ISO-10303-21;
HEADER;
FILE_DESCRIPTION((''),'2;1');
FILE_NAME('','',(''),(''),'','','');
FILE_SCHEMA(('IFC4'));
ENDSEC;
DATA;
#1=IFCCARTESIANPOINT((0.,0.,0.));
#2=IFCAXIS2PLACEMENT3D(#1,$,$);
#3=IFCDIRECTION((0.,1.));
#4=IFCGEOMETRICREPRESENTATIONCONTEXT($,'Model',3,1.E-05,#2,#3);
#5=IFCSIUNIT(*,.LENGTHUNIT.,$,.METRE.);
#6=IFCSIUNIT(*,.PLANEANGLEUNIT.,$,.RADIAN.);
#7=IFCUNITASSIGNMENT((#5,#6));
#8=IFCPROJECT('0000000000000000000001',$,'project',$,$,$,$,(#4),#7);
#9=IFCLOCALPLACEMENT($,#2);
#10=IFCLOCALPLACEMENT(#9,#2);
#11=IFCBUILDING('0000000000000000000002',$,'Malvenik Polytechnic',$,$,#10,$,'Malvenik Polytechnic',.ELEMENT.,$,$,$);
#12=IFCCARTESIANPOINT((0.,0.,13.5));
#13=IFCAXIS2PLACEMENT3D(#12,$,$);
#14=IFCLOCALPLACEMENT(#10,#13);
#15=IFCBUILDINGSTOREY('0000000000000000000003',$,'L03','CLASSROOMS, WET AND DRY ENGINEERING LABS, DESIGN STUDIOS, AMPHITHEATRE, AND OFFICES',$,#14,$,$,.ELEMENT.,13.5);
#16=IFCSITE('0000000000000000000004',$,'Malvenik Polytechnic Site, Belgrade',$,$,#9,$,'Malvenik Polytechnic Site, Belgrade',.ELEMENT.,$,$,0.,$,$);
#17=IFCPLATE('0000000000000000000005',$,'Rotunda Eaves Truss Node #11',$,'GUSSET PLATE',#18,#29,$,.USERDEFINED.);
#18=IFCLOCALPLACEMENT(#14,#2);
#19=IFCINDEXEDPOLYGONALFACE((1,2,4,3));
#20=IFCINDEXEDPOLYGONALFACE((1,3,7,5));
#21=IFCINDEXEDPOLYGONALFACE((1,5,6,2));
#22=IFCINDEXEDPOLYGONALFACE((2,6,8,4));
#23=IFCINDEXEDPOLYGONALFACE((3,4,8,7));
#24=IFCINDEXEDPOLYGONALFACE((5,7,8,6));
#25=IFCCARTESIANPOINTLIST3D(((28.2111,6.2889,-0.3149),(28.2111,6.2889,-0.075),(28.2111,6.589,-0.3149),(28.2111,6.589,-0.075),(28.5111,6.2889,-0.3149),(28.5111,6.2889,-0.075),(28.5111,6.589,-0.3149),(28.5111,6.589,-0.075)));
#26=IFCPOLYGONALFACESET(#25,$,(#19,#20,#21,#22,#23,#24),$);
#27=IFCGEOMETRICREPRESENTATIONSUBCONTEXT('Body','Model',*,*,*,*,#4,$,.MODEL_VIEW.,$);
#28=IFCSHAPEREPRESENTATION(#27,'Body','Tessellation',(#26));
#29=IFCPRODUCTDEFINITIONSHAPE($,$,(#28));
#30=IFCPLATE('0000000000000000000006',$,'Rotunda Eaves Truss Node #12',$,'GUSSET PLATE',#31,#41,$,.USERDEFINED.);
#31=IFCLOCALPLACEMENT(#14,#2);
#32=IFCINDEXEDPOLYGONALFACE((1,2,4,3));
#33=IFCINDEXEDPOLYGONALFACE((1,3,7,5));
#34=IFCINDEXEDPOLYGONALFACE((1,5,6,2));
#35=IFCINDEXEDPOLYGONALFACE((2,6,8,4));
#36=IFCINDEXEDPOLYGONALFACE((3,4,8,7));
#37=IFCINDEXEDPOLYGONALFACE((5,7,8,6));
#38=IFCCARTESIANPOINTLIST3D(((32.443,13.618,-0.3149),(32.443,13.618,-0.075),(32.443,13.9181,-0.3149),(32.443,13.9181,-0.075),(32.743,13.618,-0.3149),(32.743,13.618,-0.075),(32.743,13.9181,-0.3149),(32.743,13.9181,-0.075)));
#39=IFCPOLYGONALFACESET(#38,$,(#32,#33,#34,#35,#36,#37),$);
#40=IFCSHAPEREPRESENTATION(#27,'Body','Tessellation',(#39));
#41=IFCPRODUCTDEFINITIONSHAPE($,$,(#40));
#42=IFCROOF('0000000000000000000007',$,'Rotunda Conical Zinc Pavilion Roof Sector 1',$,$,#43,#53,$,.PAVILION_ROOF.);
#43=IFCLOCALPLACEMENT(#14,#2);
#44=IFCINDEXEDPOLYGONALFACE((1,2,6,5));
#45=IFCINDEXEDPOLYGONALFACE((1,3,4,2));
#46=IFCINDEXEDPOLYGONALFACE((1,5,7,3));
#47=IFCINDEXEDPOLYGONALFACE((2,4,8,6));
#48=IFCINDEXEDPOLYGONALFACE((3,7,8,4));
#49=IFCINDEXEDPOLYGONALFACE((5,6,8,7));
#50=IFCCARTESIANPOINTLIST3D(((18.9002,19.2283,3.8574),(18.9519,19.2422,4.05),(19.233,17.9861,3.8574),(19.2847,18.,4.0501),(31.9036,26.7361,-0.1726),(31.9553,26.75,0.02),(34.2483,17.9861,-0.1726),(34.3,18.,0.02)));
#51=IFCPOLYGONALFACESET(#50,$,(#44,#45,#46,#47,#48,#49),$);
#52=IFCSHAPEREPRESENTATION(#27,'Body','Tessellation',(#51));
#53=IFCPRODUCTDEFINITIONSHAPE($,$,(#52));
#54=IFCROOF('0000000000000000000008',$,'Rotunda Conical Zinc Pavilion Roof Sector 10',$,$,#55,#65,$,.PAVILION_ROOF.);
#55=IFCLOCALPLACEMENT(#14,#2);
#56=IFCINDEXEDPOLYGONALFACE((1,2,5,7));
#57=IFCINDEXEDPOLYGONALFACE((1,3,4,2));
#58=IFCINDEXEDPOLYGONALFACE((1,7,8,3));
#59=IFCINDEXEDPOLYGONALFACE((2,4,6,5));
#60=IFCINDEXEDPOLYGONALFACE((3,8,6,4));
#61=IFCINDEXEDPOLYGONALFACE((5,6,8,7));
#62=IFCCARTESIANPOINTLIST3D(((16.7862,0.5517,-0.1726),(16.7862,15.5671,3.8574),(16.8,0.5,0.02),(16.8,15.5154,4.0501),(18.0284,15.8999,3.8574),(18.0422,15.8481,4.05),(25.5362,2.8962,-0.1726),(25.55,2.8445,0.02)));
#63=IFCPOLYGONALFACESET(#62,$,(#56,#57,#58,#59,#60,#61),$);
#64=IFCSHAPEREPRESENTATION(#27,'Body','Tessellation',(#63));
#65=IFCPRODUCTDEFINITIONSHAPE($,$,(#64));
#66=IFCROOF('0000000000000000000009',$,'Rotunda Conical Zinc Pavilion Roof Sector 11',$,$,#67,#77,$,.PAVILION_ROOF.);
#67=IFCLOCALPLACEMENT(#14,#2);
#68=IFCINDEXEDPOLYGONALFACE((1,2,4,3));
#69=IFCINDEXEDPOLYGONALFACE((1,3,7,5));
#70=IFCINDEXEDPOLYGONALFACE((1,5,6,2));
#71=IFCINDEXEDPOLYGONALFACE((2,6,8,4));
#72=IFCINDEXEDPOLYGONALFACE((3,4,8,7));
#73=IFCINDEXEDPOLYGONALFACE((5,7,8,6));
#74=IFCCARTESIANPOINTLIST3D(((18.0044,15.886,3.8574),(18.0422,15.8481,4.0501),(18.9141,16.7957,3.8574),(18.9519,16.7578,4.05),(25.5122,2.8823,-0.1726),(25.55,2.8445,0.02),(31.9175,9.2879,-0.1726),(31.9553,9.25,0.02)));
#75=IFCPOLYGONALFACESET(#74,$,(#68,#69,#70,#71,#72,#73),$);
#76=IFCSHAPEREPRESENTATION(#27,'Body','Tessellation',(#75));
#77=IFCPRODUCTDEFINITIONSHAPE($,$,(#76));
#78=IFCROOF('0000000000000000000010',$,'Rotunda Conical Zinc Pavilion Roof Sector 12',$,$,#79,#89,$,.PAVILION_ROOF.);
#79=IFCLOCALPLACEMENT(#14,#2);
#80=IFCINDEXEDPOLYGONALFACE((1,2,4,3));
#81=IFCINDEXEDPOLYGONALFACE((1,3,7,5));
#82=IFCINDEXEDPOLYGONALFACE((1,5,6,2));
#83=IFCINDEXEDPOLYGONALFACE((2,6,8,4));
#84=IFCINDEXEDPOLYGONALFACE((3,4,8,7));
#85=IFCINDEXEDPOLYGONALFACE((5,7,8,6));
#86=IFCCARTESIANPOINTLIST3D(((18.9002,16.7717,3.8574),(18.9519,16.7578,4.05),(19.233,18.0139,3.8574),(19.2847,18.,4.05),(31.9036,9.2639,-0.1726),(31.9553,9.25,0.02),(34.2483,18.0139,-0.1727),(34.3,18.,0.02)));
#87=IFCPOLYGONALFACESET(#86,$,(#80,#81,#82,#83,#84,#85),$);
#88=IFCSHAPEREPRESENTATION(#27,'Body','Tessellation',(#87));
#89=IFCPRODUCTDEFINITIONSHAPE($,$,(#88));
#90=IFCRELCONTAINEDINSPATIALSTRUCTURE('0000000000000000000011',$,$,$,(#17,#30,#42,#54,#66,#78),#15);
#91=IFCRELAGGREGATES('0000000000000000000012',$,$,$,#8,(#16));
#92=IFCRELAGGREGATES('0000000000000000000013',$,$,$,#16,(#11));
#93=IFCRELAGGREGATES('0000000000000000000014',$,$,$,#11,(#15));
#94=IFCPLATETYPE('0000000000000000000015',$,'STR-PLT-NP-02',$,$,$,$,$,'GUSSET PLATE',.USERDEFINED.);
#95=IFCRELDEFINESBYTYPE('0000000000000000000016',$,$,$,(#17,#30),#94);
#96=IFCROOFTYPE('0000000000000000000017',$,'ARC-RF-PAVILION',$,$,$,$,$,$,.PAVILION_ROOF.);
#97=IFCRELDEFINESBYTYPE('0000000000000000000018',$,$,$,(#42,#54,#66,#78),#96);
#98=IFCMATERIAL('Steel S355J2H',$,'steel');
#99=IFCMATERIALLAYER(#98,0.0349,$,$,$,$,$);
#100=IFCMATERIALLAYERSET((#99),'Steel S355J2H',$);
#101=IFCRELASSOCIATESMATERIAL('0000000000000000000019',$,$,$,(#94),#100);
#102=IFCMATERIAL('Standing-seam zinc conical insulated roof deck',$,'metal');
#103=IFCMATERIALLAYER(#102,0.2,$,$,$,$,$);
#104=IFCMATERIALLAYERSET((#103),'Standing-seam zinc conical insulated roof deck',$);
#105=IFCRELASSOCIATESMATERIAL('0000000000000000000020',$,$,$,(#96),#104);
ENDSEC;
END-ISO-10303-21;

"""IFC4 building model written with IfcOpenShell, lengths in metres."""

from ifc_helpers import new_model, si_unit, direction, frame, origin, origin_2d, place, context, subcontext, project, spatial, polyline, rectangle, outline, extrude, material, layer, layer_set, type_object, element, save


model = new_model("IFC4")

# Units and contexts
model_context = context("Model", 3, precision=1e-05, world=origin(), true_north=direction((0.0, 1.0)))
body_context = subcontext(model_context, "Body", "Model", "MODEL_VIEW")
ifc_project = project(units=[si_unit("LENGTHUNIT", "METRE"), si_unit("PLANEANGLEUNIT", "RADIAN")], contexts=[model_context])

# Site, building, storey
site_placement = place(None, origin())
site = spatial("IfcSite", under=ifc_project, at=site_placement, Name="Malvenik Polytechnic Site, Belgrade", LongName="Malvenik Polytechnic Site, Belgrade", CompositionType="ELEMENT", RefElevation=0.0)
building_placement = place(site_placement, origin())
building = spatial("IfcBuilding", under=site, at=building_placement, Name="Malvenik Polytechnic", LongName="Malvenik Polytechnic", CompositionType="ELEMENT")
storey_placement = place(building_placement, frame((0.0, 0.0, 13.5)))
storey = spatial("IfcBuildingStorey", under=building, at=storey_placement, Name="L03", Description="CLASSROOMS, WET AND DRY ENGINEERING LABS, DESIGN STUDIOS, AMPHITHEATRE, AND OFFICES", CompositionType="ELEMENT", Elevation=13.5)

# Shared definitions
ifc_material_1 = material(Name="Steel S355J2H", Category="steel")

# Plates
ifc_layer_1 = layer(ifc_material_1, 0.0349)
ifc_layer_set_1 = layer_set([ifc_layer_1], Name="Steel S355J2H")
plate_type = type_object("IfcPlateType", Name="STR-PLT-NP-02", ElementType="GUSSET PLATE", PredefinedType="USERDEFINED", material=ifc_layer_set_1)
for number, where, z_axis, x_axis, name in (
    (1, (28.3611, 6.439, -0.3149), (0.0, 0.0, 1.0), (1.0, 0.0, 0.0), "Rotunda Eaves Truss Node #11"),
    (2, (32.593, 13.7681, -0.3149), (0.0, 0.0, 1.0), (1.0, 0.0, 0.0), "Rotunda Eaves Truss Node #12"),
):
    element("IfcPlate", number, at=place(storey_placement, frame(where, z_axis=z_axis, x_axis=x_axis)), inside=storey, type_object=plate_type, Name=name, ObjectType="GUSSET PLATE", PredefinedType="USERDEFINED", context=body_context, shape_type="SweptSolid", body=[
        extrude(rectangle(XDim=0.3, YDim=0.3, at=origin_2d()), origin(), (0.0, 0.0, 1.0), 0.24),
    ])

# Roofs
ifc_material_2 = material(Name="Standing-seam zinc conical insulated roof deck", Category="metal")
ifc_layer_2 = layer(ifc_material_2, 0.2)
ifc_layer_set_2 = layer_set([ifc_layer_2], Name="Standing-seam zinc conical insulated roof deck")
roof_type = type_object("IfcRoofType", Name="ARC-RF-PAVILION", PredefinedType="PAVILION_ROOF", material=ifc_layer_set_2)
roof_1_placement = place(storey_placement, frame((34.3, 18.0, 0.02), z_axis=(0.258598, 0.069293, 0.963497), x_axis=(-0.258836, 0.965921, 0.000002)))
element("IfcRoof", 3, at=roof_1_placement, inside=storey, type_object=roof_type, Name="Rotunda Conical Zinc Pavilion Roof Sector 1", PredefinedType="PAVILION_ROOF", context=body_context, shape_type="SweptSolid", body=[
    extrude(outline(polyline([(0.0, 0.0), (9.0587, 0.0), (5.1725, 15.0531), (3.8865, 15.0532), (0.0, 0.0)])), origin(), (0.0, 0.0, -1.0), 0.2),
])
roof_2_placement = place(storey_placement, frame((16.8, 0.5, 0.02), z_axis=(0.069287, -0.258597, 0.963497), x_axis=(0.965928, 0.258811, 0.000002)))
element("IfcRoof", 4, at=roof_2_placement, inside=storey, type_object=roof_type, Name="Rotunda Conical Zinc Pavilion Roof Sector 10", PredefinedType="PAVILION_ROOF", context=body_context, shape_type="SweptSolid", body=[
    extrude(outline(polyline([(0.0, 0.0), (9.0586, 0.0), (5.1721, 15.0532), (3.8862, 15.0533), (0.0, 0.0)])), origin(), (0.0, 0.0, -1.0), 0.2),
])
roof_3_placement = place(storey_placement, frame((25.55, 2.8445, 0.02), z_axis=(0.189309, -0.189303, 0.963497), x_axis=(0.707093, 0.70712, 0.000001)))
element("IfcRoof", 5, at=roof_3_placement, inside=storey, type_object=roof_type, Name="Rotunda Conical Zinc Pavilion Roof Sector 11", PredefinedType="PAVILION_ROOF", context=body_context, shape_type="SweptSolid", body=[
    extrude(outline(polyline([(0.0, 0.0), (9.0586, 0.0), (5.1729, 15.0532), (3.8864, 15.0532), (0.0, 0.0)])), origin(), (0.0, 0.0, -1.0), 0.2),
])
roof_4_placement = place(storey_placement, frame((31.9553, 9.25, 0.02), z_axis=(0.258598, -0.069293, 0.963497), x_axis=(0.258836, 0.965921, -0.000002)))
element("IfcRoof", 6, at=roof_4_placement, inside=storey, type_object=roof_type, Name="Rotunda Conical Zinc Pavilion Roof Sector 12", PredefinedType="PAVILION_ROOF", context=body_context, shape_type="SweptSolid", body=[
    extrude(outline(polyline([(0.0, 0.0), (9.0587, 0.0), (5.1722, 15.0532), (3.8862, 15.0531), (0.0, 0.0)])), origin(), (0.0, 0.0, -1.0), 0.2),
])

save(model, "model.ifc")
